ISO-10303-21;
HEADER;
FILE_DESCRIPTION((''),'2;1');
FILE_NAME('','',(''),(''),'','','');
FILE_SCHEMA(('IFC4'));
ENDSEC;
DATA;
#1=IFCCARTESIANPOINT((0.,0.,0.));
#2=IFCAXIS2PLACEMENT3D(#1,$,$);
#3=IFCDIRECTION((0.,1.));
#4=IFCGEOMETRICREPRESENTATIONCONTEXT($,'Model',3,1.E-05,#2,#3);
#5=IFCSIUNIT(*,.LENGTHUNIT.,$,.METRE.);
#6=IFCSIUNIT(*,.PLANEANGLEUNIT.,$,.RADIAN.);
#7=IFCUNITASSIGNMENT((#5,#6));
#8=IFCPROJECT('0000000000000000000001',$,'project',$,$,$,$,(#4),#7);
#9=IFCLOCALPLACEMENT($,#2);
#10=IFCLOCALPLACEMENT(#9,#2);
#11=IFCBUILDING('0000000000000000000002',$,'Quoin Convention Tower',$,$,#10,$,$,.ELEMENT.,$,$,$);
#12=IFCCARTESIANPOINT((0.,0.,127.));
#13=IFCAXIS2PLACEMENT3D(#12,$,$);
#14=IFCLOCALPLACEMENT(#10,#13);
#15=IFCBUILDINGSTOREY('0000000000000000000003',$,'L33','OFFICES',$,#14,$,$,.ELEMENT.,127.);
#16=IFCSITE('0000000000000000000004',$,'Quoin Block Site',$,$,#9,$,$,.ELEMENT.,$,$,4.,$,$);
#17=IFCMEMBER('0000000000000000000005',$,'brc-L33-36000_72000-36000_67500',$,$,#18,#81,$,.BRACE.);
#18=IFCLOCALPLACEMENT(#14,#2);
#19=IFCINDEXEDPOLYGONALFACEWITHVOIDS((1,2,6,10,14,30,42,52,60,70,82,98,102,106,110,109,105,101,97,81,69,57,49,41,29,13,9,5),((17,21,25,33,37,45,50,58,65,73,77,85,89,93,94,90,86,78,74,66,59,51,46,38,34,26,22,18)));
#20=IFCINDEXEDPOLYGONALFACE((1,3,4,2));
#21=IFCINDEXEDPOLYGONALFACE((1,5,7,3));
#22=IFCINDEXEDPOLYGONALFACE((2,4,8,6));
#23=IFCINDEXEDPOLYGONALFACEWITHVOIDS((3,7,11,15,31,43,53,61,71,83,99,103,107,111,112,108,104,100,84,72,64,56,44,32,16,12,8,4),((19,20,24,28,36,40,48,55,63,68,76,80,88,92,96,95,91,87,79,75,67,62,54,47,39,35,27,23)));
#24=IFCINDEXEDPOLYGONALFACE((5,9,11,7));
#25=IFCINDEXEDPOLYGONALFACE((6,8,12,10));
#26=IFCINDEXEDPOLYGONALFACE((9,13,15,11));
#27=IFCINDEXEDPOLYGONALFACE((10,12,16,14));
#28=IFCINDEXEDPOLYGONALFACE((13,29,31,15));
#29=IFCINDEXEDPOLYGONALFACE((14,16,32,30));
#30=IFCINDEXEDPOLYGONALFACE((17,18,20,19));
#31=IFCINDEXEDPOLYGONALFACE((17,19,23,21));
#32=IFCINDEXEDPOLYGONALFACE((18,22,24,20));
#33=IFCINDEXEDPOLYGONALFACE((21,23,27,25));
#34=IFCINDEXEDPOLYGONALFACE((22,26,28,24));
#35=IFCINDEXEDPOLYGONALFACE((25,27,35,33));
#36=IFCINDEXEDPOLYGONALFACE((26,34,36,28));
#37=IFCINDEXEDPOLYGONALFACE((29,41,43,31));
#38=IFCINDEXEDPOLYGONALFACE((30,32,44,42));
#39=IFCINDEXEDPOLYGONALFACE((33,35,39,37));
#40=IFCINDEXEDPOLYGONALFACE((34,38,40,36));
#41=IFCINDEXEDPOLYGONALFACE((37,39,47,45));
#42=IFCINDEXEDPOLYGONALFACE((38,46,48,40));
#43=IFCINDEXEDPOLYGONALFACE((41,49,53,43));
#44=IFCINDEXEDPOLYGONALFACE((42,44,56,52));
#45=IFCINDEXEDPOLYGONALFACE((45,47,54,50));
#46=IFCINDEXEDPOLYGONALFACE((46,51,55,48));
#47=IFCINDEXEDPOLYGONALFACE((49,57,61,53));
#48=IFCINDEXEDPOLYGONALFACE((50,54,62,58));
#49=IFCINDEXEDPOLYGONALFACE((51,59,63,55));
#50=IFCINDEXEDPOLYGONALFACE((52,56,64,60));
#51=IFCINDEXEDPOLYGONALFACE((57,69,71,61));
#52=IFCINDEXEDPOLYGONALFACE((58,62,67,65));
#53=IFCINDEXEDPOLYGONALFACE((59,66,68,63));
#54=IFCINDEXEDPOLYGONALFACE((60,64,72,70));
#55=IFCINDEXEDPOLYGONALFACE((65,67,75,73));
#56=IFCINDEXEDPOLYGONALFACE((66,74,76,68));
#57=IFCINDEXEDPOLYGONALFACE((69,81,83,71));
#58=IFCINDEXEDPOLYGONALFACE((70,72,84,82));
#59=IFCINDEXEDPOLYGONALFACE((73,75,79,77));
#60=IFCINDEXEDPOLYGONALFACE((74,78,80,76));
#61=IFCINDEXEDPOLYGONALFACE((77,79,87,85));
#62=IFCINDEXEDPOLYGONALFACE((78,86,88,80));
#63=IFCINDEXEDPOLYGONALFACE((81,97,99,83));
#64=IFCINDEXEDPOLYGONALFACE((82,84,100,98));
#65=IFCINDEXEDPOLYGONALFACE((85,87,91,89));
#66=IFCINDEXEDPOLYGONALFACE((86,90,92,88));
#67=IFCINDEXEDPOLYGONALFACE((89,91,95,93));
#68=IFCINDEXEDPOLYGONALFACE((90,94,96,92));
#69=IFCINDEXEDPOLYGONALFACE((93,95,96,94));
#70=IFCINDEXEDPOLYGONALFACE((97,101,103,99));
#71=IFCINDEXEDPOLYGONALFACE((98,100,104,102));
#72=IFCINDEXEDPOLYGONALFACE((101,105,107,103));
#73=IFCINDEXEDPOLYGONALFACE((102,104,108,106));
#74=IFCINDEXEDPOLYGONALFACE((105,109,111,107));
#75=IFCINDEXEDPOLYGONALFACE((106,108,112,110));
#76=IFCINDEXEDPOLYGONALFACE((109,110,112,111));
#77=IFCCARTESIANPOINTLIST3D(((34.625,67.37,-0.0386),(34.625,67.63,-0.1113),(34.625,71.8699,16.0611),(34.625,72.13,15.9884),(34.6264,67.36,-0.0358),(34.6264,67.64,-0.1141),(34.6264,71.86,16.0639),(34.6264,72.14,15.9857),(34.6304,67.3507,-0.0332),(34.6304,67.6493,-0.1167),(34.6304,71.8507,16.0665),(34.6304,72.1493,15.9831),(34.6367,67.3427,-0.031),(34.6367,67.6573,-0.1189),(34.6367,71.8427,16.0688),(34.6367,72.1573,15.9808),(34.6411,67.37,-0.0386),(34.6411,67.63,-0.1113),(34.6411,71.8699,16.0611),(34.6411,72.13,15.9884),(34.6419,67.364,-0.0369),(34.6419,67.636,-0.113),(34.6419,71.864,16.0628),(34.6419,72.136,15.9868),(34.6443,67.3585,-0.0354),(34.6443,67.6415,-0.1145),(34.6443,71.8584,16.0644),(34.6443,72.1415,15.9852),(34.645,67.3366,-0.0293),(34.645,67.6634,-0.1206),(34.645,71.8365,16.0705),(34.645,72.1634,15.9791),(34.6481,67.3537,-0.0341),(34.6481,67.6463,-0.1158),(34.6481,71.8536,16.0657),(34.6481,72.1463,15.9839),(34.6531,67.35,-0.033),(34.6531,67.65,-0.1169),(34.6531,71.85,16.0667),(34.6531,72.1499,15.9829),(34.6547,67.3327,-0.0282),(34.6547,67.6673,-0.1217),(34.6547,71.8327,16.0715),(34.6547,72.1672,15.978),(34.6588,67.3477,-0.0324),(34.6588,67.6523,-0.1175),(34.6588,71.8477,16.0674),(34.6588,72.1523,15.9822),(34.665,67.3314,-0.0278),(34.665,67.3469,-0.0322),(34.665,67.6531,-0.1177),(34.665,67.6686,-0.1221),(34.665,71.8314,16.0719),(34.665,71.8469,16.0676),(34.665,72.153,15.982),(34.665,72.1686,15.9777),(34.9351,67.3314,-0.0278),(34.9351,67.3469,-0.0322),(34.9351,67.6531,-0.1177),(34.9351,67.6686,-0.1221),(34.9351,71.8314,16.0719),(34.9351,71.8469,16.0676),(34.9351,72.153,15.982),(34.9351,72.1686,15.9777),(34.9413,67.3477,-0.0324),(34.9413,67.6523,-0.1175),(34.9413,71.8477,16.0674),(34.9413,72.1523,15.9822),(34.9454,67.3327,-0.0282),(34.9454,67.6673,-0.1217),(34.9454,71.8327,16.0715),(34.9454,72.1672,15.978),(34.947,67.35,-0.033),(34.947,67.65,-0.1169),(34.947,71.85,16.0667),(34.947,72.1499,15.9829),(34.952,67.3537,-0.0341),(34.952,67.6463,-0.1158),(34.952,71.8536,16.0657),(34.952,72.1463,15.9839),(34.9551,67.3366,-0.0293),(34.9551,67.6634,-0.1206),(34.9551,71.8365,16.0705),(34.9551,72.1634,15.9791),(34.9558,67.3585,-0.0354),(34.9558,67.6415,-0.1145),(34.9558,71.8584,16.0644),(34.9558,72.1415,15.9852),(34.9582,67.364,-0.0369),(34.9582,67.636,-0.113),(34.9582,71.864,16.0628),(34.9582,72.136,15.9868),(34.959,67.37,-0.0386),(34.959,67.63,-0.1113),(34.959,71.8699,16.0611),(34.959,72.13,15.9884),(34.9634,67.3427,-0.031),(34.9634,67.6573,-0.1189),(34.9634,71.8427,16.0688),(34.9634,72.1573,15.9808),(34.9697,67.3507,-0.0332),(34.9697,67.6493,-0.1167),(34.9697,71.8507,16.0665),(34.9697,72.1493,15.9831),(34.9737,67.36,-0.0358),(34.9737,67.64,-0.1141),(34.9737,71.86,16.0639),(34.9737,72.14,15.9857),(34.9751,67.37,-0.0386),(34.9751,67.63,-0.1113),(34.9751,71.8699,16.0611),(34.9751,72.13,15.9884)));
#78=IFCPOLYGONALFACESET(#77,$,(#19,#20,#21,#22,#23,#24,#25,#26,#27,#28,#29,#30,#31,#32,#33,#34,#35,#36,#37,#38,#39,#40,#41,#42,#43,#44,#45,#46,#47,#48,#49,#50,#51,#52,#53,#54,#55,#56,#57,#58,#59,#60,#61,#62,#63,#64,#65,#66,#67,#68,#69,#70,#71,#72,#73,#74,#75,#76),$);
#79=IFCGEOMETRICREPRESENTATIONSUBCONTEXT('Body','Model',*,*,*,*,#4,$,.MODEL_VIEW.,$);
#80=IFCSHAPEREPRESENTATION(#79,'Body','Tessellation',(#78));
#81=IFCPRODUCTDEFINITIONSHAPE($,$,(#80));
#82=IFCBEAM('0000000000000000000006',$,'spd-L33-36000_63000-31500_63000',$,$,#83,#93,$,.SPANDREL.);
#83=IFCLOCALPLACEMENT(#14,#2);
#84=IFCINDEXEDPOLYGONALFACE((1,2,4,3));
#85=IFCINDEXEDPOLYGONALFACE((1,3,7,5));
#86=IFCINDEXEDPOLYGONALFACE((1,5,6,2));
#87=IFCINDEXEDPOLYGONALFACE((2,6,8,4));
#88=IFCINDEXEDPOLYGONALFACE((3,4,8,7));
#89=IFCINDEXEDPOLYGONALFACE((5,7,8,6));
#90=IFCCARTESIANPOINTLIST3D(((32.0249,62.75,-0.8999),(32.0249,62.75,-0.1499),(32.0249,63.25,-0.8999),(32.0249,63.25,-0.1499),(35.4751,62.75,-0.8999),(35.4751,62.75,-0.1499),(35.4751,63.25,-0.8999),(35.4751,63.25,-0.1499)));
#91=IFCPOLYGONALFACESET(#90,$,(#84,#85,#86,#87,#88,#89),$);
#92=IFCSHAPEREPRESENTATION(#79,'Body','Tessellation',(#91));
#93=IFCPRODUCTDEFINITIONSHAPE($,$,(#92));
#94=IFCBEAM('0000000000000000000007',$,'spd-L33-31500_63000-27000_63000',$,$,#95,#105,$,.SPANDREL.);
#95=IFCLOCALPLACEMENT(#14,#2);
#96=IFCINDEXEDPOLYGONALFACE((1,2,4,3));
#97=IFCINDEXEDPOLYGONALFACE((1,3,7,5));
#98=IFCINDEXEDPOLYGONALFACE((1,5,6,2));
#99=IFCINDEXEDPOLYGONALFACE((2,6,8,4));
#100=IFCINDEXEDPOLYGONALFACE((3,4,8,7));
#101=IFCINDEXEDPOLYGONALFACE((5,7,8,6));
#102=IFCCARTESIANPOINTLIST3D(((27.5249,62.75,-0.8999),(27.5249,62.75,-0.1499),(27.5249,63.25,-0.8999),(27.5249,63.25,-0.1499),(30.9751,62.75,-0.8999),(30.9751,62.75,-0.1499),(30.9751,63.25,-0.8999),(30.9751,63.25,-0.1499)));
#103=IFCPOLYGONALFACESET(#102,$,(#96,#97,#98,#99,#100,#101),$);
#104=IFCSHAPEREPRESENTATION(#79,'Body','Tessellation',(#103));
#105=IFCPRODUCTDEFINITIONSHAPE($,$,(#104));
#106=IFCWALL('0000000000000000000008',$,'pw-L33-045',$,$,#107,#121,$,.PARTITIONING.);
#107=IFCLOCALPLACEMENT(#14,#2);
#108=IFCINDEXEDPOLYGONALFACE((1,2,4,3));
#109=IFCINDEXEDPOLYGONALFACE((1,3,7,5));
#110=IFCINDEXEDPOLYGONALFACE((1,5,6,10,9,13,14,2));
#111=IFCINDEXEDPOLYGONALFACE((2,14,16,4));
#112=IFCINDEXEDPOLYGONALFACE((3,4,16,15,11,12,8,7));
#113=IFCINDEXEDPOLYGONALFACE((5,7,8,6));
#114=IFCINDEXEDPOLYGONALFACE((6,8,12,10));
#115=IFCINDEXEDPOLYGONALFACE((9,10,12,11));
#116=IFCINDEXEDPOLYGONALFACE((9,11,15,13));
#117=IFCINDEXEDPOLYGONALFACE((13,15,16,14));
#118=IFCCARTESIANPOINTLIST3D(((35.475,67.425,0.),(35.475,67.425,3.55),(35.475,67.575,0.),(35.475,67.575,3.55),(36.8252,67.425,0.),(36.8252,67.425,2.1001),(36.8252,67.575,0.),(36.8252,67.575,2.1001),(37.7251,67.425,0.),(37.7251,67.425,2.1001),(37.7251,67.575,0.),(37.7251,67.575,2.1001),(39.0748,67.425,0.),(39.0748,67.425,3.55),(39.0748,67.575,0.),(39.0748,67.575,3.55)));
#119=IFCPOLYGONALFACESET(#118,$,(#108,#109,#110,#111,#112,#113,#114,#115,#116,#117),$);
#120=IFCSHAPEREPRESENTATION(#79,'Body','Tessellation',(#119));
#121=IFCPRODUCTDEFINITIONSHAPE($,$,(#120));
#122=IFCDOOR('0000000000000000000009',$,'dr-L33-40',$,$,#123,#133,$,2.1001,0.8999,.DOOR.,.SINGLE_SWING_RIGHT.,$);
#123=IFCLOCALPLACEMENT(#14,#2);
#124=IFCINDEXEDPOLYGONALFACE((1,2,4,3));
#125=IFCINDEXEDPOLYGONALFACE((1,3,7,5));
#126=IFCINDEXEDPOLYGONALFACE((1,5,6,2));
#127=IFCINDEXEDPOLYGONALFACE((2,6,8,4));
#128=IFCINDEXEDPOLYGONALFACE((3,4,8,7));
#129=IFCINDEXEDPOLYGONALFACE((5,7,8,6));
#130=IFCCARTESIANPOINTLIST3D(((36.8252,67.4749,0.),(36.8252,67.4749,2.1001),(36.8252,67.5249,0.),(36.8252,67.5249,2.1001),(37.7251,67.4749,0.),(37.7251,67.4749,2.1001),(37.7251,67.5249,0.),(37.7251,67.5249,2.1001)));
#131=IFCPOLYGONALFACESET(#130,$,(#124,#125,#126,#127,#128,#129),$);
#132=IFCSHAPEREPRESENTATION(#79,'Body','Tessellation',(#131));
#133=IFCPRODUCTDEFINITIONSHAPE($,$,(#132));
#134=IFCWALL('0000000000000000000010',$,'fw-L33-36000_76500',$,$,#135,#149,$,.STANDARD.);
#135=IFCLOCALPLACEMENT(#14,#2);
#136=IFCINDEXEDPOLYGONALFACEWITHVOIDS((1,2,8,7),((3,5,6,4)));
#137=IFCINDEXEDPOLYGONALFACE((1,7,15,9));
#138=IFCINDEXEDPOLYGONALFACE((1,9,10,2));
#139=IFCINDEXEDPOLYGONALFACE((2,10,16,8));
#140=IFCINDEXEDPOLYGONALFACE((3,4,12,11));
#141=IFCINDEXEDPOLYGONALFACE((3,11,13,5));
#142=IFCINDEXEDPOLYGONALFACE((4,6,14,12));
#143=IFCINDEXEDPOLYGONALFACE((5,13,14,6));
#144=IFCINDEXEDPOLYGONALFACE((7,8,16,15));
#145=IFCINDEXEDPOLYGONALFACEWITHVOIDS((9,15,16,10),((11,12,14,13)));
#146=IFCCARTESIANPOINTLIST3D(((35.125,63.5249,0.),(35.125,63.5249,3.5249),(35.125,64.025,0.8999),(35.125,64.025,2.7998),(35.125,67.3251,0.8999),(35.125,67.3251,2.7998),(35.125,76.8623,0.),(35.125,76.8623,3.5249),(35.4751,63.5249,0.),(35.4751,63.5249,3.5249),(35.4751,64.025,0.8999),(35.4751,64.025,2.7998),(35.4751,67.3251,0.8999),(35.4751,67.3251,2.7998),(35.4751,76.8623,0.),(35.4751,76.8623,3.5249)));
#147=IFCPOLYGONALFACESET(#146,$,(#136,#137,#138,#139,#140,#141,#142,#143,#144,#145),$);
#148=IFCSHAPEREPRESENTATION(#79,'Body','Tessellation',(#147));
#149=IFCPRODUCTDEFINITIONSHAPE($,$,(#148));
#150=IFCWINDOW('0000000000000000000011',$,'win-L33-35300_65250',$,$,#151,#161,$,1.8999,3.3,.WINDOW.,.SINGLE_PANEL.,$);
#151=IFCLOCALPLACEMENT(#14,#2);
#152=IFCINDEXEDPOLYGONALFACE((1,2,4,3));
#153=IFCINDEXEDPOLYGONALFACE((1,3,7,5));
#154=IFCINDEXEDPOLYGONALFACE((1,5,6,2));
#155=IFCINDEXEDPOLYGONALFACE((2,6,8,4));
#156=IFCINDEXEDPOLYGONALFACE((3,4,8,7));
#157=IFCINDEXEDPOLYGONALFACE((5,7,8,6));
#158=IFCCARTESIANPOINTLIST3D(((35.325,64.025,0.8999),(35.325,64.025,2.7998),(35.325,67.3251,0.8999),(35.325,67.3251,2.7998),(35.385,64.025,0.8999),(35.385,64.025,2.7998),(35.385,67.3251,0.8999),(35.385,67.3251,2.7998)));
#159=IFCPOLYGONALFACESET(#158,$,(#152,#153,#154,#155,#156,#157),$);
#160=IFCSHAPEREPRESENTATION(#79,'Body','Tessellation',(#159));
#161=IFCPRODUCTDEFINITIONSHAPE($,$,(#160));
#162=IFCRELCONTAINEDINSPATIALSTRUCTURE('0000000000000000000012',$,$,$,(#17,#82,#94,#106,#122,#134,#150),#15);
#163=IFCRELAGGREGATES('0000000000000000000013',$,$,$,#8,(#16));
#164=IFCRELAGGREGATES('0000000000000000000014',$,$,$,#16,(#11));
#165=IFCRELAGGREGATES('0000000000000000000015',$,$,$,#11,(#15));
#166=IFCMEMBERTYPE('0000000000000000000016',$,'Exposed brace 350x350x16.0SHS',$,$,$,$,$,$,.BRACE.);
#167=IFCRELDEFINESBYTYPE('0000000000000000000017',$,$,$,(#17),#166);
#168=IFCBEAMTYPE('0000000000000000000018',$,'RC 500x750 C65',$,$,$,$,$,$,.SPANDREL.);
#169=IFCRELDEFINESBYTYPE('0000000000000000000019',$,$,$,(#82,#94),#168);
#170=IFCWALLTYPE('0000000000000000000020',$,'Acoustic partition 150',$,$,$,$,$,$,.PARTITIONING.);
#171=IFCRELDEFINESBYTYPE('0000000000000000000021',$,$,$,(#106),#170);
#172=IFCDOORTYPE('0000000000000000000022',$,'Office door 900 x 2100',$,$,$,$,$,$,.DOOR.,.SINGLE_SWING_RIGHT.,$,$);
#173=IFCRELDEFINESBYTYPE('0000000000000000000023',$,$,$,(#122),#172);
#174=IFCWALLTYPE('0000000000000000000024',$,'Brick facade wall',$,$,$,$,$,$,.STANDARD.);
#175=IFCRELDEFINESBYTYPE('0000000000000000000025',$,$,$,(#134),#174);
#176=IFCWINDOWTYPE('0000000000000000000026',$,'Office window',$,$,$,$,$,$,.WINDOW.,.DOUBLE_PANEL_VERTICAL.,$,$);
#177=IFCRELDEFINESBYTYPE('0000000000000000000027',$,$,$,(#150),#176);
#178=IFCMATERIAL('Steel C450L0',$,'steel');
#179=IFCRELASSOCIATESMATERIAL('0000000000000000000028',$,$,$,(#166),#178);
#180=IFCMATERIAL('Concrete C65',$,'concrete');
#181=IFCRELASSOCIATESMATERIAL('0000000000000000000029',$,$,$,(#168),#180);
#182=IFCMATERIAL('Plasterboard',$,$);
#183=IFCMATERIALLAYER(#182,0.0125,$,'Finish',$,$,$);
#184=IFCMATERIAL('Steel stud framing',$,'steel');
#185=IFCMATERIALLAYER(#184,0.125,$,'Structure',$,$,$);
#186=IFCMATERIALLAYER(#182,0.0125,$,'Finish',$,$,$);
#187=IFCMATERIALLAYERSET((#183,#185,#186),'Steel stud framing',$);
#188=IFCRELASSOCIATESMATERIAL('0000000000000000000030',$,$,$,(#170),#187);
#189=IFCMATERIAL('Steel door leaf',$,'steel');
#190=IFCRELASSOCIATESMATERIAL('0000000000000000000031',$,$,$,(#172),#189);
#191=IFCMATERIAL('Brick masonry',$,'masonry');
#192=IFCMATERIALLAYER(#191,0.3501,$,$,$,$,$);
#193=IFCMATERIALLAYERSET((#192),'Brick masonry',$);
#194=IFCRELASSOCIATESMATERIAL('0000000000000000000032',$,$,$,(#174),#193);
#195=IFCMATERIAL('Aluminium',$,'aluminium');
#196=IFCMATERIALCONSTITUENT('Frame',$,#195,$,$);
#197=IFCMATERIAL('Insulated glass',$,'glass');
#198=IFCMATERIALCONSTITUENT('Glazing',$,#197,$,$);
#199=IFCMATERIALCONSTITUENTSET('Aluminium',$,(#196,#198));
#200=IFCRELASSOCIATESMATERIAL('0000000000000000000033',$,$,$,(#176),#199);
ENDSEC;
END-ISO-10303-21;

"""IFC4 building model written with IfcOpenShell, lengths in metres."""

from ifc_helpers import new_model, si_unit, direction, frame, frame_2d, origin, origin_2d, place, context, subcontext, project, spatial, rectangle, hollow_rectangle, extrude, material, layer, layer_set, constituent, constituent_set, material_profile, profile_set, type_object, element, fill, save


model = new_model("IFC4")

# Units and contexts
model_context = context("Model", 3, precision=1e-05, world=origin(), true_north=direction((0.0, 1.0)))
body_context = subcontext(model_context, "Body", "Model", "MODEL_VIEW")
ifc_project = project(units=[si_unit("LENGTHUNIT", "METRE"), si_unit("PLANEANGLEUNIT", "RADIAN")], contexts=[model_context])

# Site, building, storey
site_placement = place(None, origin())
site = spatial("IfcSite", under=ifc_project, at=site_placement, Name="Quoin Block Site", CompositionType="ELEMENT", RefElevation=4.0)
building_placement = place(site_placement, origin())
building = spatial("IfcBuilding", under=site, at=building_placement, Name="Quoin Convention Tower", CompositionType="ELEMENT")
storey_placement = place(building_placement, frame((0.0, 0.0, 127.0)))
storey = spatial("IfcBuildingStorey", under=building, at=storey_placement, Name="L33", Description="OFFICES", CompositionType="ELEMENT", Elevation=127.0)

# Shared definitions
ifc_material_1 = material(Name="Concrete C65", Category="concrete")

# Member
ifc_material_2 = material(Name="Steel C450L0", Category="steel")
ifc_material_profile_1 = material_profile(ifc_material_2, hollow_rectangle(XDim=0.3501, YDim=0.3501, WallThickness=0.0161, InnerFilletRadius=0.0239, OuterFilletRadius=0.04, at=origin_2d()), Name="350x350x16.0SHS")
ifc_profile_set_1 = profile_set([ifc_material_profile_1], Name="Steel C450L0")
member_type = type_object("IfcMemberType", Name="Exposed brace 350x350x16.0SHS", PredefinedType="BRACE", material=ifc_profile_set_1)
for number, where, z_axis, x_axis, name in (
    (1, (34.8, 67.5, -0.075), (0.0, 0.269188, 0.963088), (-1.0, 0.0, 0.0), "brc-L33-36000_72000-36000_67500"),
):
    element("IfcMember", number, at=place(storey_placement, frame(where, z_axis=z_axis, x_axis=x_axis)), inside=storey, type_object=member_type, Name=name, PredefinedType="BRACE", context=body_context, shape_type="SweptSolid", body=[
        extrude(hollow_rectangle(XDim=0.3501, YDim=0.3501, WallThickness=0.0161, InnerFilletRadius=0.0239, OuterFilletRadius=0.04, at=origin_2d()), origin(), (0.0, 0.0, 1.0), 16.7168),
    ])

# Beams
ifc_material_profile_2 = material_profile(ifc_material_1, rectangle(XDim=0.5, YDim=0.75, at=origin_2d()), Name="RC 500x750")
ifc_profile_set_2 = profile_set([ifc_material_profile_2], Name="Concrete C65")
beam_type = type_object("IfcBeamType", Name="RC 500x750 C65", PredefinedType="SPANDREL", material=ifc_profile_set_2)
for number, where, z_axis, x_axis, name in (
    (2, (35.4751, 63.0, -0.5249), (-1.0, 0.0, 0.0), (0.0, -1.0, 0.0), "spd-L33-36000_63000-31500_63000"),
    (3, (30.9751, 63.0, -0.5249), (-1.0, 0.0, 0.0), (0.0, -1.0, 0.0), "spd-L33-31500_63000-27000_63000"),
):
    element("IfcBeam", number, at=place(storey_placement, frame(where, z_axis=z_axis, x_axis=x_axis)), inside=storey, type_object=beam_type, Name=name, PredefinedType="SPANDREL", context=body_context, shape_type="SweptSolid", body=[
        extrude(rectangle(XDim=0.5, YDim=0.75, at=origin_2d()), origin(), (0.0, 0.0, 1.0), 3.4502),
    ])

# Wall, opening, door
ifc_material_3 = material(Name="Plasterboard")
ifc_layer_1 = layer(ifc_material_3, 0.0125, Name="Finish")
ifc_material_4 = material(Name="Steel stud framing", Category="steel")
ifc_layer_2 = layer(ifc_material_4, 0.125, Name="Structure")
ifc_layer_3 = layer(ifc_material_3, 0.0125, Name="Finish")
ifc_layer_set_1 = layer_set([ifc_layer_1, ifc_layer_2, ifc_layer_3], Name="Steel stud framing")
wall_type_1 = type_object("IfcWallType", Name="Acoustic partition 150", PredefinedType="PARTITIONING", material=ifc_layer_set_1)
wall_1_placement = place(storey_placement, frame((35.4751, 67.5, 0.0), z_axis=(0.0, 0.0, 1.0), x_axis=(1.0, 0.0, 0.0)))
wall_1 = element("IfcWall", 4, at=wall_1_placement, inside=storey, type_object=wall_type_1, Name="pw-L33-045", PredefinedType="PARTITIONING", context=body_context, shape_type="SweptSolid", body=[
    extrude(rectangle(XDim=3.5999, YDim=0.1499, at=frame_2d((1.7998, 0.0))), origin(), (0.0, 0.0, 1.0), 3.55),
])
opening_1_placement = place(wall_1_placement, frame((1.3501, 0.0, 0.0)))
opening_1 = element("IfcOpeningElement", 5, at=opening_1_placement, cuts=wall_1, PredefinedType="OPENING", context=body_context, shape_type="SweptSolid", body=[
    extrude(rectangle(XDim=0.8999, YDim=2.1001, at=frame_2d((0.45, 1.05))), frame((0.0, 0.085, 0.0), z_axis=(0.0, -1.0, 0.0), x_axis=(1.0, 0.0, 0.0)), (0.0, 0.0, 1.0), 0.1699),
])
ifc_material_5 = material(Name="Steel door leaf", Category="steel")
door_type = type_object("IfcDoorType", Name="Office door 900 x 2100", OperationType="SINGLE_SWING_RIGHT", PredefinedType="DOOR", material=ifc_material_5)
door_1_placement = place(opening_1_placement, origin())
door_1 = element("IfcDoor", 6, at=door_1_placement, inside=storey, type_object=door_type, Name="dr-L33-40", OperationType="SINGLE_SWING_RIGHT", OverallHeight=2.1001, OverallWidth=0.8999, PredefinedType="DOOR", context=body_context, shape_type="SweptSolid", body=[
    extrude(rectangle(XDim=0.8999, YDim=2.1001, at=frame_2d((0.45, 1.05))), frame((0.0, 0.0249, 0.0), z_axis=(0.0, -1.0, 0.0), x_axis=(1.0, 0.0, 0.0)), (0.0, 0.0, 1.0), 0.05),
])
fill(opening_1, door_1)

# Wall, opening, window
ifc_material_6 = material(Name="Brick masonry", Category="masonry")
ifc_layer_4 = layer(ifc_material_6, 0.3501)
ifc_layer_set_2 = layer_set([ifc_layer_4], Name="Brick masonry")
wall_type_2 = type_object("IfcWallType", Name="Brick facade wall", PredefinedType="STANDARD", material=ifc_layer_set_2)
wall_2_placement = place(storey_placement, frame((35.3, 76.8623, 0.0), z_axis=(0.0, 0.0, 1.0), x_axis=(0.0, -1.0, 0.0)))
wall_2 = element("IfcWall", 7, at=wall_2_placement, inside=storey, type_object=wall_type_2, Name="fw-L33-36000_76500", PredefinedType="STANDARD", context=body_context, shape_type="SweptSolid", body=[
    extrude(rectangle(XDim=13.3374, YDim=0.3501, at=frame_2d((6.6687, 0.0))), origin(), (0.0, 0.0, 1.0), 3.5249),
])
opening_2_placement = place(wall_2_placement, frame((9.5374, 0.0, 0.8999)))
opening_2 = element("IfcOpeningElement", 8, at=opening_2_placement, cuts=wall_2, PredefinedType="OPENING", context=body_context, shape_type="SweptSolid", body=[
    extrude(rectangle(XDim=3.3, YDim=1.8999, at=frame_2d((1.6499, 0.95))), frame((0.0, 0.1851, 0.0), z_axis=(0.0, -1.0, 0.0), x_axis=(1.0, 0.0, 0.0)), (0.0, 0.0, 1.0), 0.3701),
])
ifc_material_7 = material(Name="Aluminium", Category="aluminium")
ifc_constituent_1 = constituent(ifc_material_7, Name="Frame")
ifc_material_8 = material(Name="Insulated glass", Category="glass")
ifc_constituent_2 = constituent(ifc_material_8, Name="Glazing")
ifc_constituent_set = constituent_set(constituents=[ifc_constituent_1, ifc_constituent_2], Name="Aluminium")
window_type = type_object("IfcWindowType", Name="Office window", PartitioningType="DOUBLE_PANEL_VERTICAL", PredefinedType="WINDOW", material=ifc_constituent_set)
window_1_placement = place(opening_2_placement, origin())
window_1 = element("IfcWindow", 9, at=window_1_placement, inside=storey, type_object=window_type, Name="win-L33-35300_65250", OverallHeight=1.8999, OverallWidth=3.3, PartitioningType="SINGLE_PANEL", PredefinedType="WINDOW", context=body_context, shape_type="SweptSolid", body=[
    extrude(rectangle(XDim=3.3, YDim=1.8999, at=frame_2d((1.6499, 0.95))), frame((0.0, 0.085, 0.0), z_axis=(0.0, -1.0, 0.0), x_axis=(1.0, 0.0, 0.0)), (0.0, 0.0, 1.0), 0.0601),
])
fill(opening_2, window_1)

save(model, "model.ifc")
